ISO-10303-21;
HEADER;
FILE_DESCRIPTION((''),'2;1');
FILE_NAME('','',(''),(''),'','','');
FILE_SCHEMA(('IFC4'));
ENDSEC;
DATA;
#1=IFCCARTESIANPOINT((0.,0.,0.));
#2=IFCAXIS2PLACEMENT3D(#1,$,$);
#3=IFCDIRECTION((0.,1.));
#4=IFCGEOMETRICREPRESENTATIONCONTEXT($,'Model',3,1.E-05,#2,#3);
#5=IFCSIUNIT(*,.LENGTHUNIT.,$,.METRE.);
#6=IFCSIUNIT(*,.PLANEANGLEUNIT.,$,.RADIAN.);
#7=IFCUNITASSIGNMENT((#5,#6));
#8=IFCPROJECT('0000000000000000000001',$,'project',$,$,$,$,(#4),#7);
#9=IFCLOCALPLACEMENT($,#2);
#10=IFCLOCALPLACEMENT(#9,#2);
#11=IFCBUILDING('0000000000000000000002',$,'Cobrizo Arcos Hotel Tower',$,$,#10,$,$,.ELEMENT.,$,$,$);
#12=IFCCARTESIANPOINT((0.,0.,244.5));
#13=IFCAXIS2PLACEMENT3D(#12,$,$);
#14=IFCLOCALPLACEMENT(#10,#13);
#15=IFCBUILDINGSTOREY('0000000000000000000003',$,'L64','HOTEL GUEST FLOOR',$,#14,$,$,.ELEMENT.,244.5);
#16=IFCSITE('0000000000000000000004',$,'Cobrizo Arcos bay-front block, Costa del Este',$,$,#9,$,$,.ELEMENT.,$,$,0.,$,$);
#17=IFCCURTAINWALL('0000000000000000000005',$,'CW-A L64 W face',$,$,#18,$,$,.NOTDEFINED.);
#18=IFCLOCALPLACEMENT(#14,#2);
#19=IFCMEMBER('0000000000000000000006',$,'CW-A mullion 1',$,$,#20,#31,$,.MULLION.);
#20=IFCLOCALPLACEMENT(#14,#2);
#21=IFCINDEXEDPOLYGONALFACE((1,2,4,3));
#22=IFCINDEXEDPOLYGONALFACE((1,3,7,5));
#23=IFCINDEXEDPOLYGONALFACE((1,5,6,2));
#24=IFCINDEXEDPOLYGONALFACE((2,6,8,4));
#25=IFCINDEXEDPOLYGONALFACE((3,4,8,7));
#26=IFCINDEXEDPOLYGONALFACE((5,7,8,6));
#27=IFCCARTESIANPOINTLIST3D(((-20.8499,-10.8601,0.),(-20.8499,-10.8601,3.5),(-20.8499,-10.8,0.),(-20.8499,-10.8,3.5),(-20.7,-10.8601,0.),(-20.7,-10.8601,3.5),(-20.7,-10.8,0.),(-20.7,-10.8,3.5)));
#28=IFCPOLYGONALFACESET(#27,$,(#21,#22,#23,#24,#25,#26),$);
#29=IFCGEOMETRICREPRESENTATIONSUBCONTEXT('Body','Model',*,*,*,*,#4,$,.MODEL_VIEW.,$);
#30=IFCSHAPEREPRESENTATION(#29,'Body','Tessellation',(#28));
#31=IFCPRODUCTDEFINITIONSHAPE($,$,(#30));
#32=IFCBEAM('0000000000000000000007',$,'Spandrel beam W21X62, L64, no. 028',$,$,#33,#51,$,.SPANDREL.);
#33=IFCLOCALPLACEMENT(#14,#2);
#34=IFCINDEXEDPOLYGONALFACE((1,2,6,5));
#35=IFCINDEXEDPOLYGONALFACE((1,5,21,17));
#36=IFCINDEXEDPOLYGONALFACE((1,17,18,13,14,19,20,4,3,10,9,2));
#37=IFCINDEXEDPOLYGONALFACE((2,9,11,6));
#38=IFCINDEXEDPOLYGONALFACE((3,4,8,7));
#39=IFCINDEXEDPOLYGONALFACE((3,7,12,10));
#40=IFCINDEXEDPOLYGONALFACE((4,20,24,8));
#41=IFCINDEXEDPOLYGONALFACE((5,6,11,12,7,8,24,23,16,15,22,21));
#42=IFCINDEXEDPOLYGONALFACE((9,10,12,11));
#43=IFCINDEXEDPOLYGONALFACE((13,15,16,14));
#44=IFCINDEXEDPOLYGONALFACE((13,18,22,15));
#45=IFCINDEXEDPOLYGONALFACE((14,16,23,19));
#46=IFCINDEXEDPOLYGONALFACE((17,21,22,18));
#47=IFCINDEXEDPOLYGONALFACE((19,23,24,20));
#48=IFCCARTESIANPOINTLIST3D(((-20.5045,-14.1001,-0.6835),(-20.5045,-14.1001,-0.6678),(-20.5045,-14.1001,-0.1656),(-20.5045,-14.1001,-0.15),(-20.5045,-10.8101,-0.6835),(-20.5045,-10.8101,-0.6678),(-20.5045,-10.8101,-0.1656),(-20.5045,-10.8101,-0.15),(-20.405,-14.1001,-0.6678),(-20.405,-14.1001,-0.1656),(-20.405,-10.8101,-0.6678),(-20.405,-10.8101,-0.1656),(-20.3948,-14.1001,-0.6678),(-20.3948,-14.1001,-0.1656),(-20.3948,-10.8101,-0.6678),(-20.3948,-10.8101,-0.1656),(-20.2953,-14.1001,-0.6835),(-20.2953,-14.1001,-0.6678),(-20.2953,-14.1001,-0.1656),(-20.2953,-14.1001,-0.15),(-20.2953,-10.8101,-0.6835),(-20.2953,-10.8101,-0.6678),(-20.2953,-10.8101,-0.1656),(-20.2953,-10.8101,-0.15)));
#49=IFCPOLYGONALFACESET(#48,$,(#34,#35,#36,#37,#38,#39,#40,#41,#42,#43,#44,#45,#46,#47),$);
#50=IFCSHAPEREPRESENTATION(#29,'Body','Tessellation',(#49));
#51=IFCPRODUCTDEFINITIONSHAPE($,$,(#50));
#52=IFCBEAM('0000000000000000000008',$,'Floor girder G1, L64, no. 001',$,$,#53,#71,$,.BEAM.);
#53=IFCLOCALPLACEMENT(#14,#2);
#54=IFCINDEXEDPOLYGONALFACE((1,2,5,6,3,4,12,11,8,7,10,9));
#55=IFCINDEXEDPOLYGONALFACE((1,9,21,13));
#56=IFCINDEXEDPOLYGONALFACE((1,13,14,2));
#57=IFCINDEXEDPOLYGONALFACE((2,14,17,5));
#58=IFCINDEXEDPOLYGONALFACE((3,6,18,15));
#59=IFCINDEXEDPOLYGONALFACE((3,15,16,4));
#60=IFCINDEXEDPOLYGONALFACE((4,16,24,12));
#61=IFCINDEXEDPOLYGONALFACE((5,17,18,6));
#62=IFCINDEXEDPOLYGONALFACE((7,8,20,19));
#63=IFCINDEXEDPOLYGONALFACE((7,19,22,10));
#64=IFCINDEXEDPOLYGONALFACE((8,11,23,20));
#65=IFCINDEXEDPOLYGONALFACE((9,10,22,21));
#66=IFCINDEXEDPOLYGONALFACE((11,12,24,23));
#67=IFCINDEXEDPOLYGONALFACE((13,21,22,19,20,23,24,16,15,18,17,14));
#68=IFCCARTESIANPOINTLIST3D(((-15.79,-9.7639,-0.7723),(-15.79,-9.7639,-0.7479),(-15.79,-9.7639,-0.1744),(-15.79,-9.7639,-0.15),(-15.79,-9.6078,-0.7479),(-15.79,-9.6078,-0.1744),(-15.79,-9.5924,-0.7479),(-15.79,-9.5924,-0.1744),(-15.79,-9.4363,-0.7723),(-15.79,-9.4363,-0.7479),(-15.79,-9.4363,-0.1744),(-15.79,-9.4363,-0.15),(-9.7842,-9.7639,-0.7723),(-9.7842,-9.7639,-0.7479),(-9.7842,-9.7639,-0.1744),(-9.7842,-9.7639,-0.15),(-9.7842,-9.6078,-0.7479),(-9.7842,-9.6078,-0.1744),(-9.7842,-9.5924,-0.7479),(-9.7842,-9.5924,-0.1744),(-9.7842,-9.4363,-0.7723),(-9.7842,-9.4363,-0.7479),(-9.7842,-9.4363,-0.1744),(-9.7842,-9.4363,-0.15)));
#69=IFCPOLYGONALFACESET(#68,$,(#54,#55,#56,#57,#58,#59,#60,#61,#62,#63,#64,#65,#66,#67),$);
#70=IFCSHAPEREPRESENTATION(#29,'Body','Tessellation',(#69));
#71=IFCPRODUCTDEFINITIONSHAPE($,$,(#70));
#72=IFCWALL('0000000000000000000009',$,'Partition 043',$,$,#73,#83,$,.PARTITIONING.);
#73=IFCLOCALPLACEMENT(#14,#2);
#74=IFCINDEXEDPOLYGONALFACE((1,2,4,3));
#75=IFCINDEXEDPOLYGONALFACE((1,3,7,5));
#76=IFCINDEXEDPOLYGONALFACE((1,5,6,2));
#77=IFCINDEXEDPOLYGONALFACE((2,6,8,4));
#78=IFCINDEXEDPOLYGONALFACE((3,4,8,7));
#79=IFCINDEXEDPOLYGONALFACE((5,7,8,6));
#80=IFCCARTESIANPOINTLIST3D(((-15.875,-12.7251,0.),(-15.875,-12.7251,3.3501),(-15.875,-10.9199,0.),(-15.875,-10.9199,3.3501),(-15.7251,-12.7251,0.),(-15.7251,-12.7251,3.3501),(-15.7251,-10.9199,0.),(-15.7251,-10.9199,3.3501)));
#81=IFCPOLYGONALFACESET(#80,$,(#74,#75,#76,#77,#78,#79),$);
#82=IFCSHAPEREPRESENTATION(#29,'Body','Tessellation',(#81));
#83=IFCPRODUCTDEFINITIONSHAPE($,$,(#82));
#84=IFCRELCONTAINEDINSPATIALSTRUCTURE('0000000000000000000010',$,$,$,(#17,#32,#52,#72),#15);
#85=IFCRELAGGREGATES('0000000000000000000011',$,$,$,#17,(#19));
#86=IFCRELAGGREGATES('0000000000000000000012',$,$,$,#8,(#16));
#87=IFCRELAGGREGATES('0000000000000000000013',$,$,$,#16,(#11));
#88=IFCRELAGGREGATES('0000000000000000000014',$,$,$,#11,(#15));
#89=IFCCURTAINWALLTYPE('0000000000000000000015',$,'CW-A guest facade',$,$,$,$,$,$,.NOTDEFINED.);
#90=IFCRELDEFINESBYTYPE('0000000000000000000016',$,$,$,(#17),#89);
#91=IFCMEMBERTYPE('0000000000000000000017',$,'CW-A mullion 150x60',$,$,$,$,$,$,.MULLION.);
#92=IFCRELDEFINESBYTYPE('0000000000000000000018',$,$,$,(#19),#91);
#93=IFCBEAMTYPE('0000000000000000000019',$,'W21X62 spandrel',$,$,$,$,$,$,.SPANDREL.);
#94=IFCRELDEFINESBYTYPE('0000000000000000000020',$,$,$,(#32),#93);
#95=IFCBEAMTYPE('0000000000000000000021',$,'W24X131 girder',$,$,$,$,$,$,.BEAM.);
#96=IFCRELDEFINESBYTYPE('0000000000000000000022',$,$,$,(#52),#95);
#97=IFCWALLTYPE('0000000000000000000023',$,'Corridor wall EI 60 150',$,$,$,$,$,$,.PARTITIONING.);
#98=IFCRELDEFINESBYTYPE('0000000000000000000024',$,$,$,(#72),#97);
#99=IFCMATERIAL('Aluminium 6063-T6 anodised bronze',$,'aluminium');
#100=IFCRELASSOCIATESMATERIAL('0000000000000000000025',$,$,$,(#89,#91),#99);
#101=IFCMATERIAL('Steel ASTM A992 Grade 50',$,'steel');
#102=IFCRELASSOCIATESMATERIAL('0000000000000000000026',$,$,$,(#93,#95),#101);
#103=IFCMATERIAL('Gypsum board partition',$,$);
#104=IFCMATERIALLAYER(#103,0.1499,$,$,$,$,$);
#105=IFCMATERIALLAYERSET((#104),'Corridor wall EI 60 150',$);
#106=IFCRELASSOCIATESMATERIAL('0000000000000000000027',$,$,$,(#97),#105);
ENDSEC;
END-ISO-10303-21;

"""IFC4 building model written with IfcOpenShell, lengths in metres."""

from ifc_helpers import new_model, si_unit, direction, frame, frame_2d, origin, origin_2d, place, context, subcontext, project, spatial, rectangle, i_section, extrude, material, layer, layer_set, material_profile, profile_set, type_object, element, aggregate, save


model = new_model("IFC4")

# Units and contexts
model_context = context("Model", 3, precision=1e-05, world=origin(), true_north=direction((0.0, 1.0)))
body_context = subcontext(model_context, "Body", "Model", "MODEL_VIEW")
ifc_project = project(units=[si_unit("LENGTHUNIT", "METRE"), si_unit("PLANEANGLEUNIT", "RADIAN")], contexts=[model_context])

# Site, building, storey
site_placement = place(None, origin())
site = spatial("IfcSite", under=ifc_project, at=site_placement, Name="Cobrizo Arcos bay-front block, Costa del Este", CompositionType="ELEMENT", RefElevation=0.0)
building_placement = place(site_placement, origin())
building = spatial("IfcBuilding", under=site, at=building_placement, Name="Cobrizo Arcos Hotel Tower", CompositionType="ELEMENT")
storey_placement = place(building_placement, frame((0.0, 0.0, 244.5)))
storey = spatial("IfcBuildingStorey", under=building, at=storey_placement, Name="L64", Description="HOTEL GUEST FLOOR", CompositionType="ELEMENT", Elevation=244.5)

# Curtain wall, member
ifc_material_1 = material(Name="Aluminium 6063-T6 anodised bronze", Category="aluminium")
curtain_wall_type = type_object("IfcCurtainWallType", Name="CW-A guest facade", PredefinedType="NOTDEFINED", material=ifc_material_1)
curtain_wall_placement = place(storey_placement, origin())
curtain_wall = element("IfcCurtainWall", 1, at=curtain_wall_placement, inside=storey, type_object=curtain_wall_type, Name="CW-A L64 W face", PredefinedType="NOTDEFINED")
ifc_material_profile_1 = material_profile(ifc_material_1, rectangle(XDim=0.1499, YDim=0.0601, at=origin_2d()), Name="CW-A mullion 150x60")
ifc_profile_set_1 = profile_set([ifc_material_profile_1], Name="Aluminium 6063-T6 anodised bronze")
member_type = type_object("IfcMemberType", Name="CW-A mullion 150x60", PredefinedType="MULLION", material=ifc_profile_set_1)
member_placement = place(storey_placement, frame((-20.7749, -10.8301, 0.0), z_axis=(0.0, 0.0, 1.0), x_axis=(-1.0, 0.0, 0.0)))
member = element("IfcMember", 2, at=member_placement, type_object=member_type, Name="CW-A mullion 1", PredefinedType="MULLION", context=body_context, shape_type="SweptSolid", body=[
    extrude(rectangle(XDim=0.1499, YDim=0.0601, at=origin_2d()), origin(), (0.0, 0.0, 1.0), 3.5),
])
aggregate(curtain_wall, [member])

# Beams
ifc_material_2 = material(Name="Steel ASTM A992 Grade 50", Category="steel")
ifc_material_profile_2 = material_profile(ifc_material_2, i_section(OverallWidth=0.2092, OverallDepth=0.5334, WebThickness=0.0103, FlangeThickness=0.0156, at=origin_2d()), Name="W21X62")
ifc_profile_set_2 = profile_set([ifc_material_profile_2], Name="Steel ASTM A992 Grade 50")
beam_type_1 = type_object("IfcBeamType", Name="W21X62 spandrel", PredefinedType="SPANDREL", material=ifc_profile_set_2)
beam_1_placement = place(storey_placement, frame((-20.3999, -10.8101, -0.4167), z_axis=(0.0, -1.0, 0.0), x_axis=(1.0, 0.0, 0.0)))
element("IfcBeam", 3, at=beam_1_placement, inside=storey, type_object=beam_type_1, Name="Spandrel beam W21X62, L64, no. 028", PredefinedType="SPANDREL", context=body_context, shape_type="SweptSolid", body=[
    extrude(i_section(OverallWidth=0.2092, OverallDepth=0.5334, WebThickness=0.0103, FlangeThickness=0.0156, at=origin_2d()), origin(), (0.0, 0.0, 1.0), 3.29),
])
ifc_material_profile_3 = material_profile(ifc_material_2, i_section(OverallWidth=0.3276, OverallDepth=0.6223, WebThickness=0.0154, FlangeThickness=0.0244, at=origin_2d()), Name="W24X131")
ifc_profile_set_3 = profile_set([ifc_material_profile_3], Name="Steel ASTM A992 Grade 50")
beam_type_2 = type_object("IfcBeamType", Name="W24X131 girder", PredefinedType="BEAM", material=ifc_profile_set_3)
beam_2_placement = place(storey_placement, frame((-15.79, -9.6001, -0.4612), z_axis=(1.0, 0.0, 0.0), x_axis=(0.0, 1.0, 0.0)))
element("IfcBeam", 4, at=beam_2_placement, inside=storey, type_object=beam_type_2, Name="Floor girder G1, L64, no. 001", PredefinedType="BEAM", context=body_context, shape_type="SweptSolid", body=[
    extrude(i_section(OverallWidth=0.3276, OverallDepth=0.6223, WebThickness=0.0154, FlangeThickness=0.0244, at=origin_2d()), origin(), (0.0, 0.0, 1.0), 6.0059),
])

# Wall
ifc_material_3 = material(Name="Gypsum board partition")
ifc_layer_1 = layer(ifc_material_3, 0.1499)
ifc_layer_set_1 = layer_set([ifc_layer_1], Name="Corridor wall EI 60 150")
wall_type_1 = type_object("IfcWallType", Name="Corridor wall EI 60 150", PredefinedType="PARTITIONING", material=ifc_layer_set_1)
wall_1_placement = place(storey_placement, frame((-15.8, -12.7251, 0.0), z_axis=(0.0, 0.0, 1.0), x_axis=(0.0, 1.0, 0.0)))
element("IfcWall", 5, at=wall_1_placement, inside=storey, type_object=wall_type_1, Name="Partition 043", PredefinedType="PARTITIONING", context=body_context, shape_type="SweptSolid", body=[
    extrude(rectangle(XDim=1.8052, YDim=0.1499, at=frame_2d((0.9026, 0.0))), origin(), (0.0, 0.0, 1.0), 3.3501),
])

save(model, "model.ifc")
